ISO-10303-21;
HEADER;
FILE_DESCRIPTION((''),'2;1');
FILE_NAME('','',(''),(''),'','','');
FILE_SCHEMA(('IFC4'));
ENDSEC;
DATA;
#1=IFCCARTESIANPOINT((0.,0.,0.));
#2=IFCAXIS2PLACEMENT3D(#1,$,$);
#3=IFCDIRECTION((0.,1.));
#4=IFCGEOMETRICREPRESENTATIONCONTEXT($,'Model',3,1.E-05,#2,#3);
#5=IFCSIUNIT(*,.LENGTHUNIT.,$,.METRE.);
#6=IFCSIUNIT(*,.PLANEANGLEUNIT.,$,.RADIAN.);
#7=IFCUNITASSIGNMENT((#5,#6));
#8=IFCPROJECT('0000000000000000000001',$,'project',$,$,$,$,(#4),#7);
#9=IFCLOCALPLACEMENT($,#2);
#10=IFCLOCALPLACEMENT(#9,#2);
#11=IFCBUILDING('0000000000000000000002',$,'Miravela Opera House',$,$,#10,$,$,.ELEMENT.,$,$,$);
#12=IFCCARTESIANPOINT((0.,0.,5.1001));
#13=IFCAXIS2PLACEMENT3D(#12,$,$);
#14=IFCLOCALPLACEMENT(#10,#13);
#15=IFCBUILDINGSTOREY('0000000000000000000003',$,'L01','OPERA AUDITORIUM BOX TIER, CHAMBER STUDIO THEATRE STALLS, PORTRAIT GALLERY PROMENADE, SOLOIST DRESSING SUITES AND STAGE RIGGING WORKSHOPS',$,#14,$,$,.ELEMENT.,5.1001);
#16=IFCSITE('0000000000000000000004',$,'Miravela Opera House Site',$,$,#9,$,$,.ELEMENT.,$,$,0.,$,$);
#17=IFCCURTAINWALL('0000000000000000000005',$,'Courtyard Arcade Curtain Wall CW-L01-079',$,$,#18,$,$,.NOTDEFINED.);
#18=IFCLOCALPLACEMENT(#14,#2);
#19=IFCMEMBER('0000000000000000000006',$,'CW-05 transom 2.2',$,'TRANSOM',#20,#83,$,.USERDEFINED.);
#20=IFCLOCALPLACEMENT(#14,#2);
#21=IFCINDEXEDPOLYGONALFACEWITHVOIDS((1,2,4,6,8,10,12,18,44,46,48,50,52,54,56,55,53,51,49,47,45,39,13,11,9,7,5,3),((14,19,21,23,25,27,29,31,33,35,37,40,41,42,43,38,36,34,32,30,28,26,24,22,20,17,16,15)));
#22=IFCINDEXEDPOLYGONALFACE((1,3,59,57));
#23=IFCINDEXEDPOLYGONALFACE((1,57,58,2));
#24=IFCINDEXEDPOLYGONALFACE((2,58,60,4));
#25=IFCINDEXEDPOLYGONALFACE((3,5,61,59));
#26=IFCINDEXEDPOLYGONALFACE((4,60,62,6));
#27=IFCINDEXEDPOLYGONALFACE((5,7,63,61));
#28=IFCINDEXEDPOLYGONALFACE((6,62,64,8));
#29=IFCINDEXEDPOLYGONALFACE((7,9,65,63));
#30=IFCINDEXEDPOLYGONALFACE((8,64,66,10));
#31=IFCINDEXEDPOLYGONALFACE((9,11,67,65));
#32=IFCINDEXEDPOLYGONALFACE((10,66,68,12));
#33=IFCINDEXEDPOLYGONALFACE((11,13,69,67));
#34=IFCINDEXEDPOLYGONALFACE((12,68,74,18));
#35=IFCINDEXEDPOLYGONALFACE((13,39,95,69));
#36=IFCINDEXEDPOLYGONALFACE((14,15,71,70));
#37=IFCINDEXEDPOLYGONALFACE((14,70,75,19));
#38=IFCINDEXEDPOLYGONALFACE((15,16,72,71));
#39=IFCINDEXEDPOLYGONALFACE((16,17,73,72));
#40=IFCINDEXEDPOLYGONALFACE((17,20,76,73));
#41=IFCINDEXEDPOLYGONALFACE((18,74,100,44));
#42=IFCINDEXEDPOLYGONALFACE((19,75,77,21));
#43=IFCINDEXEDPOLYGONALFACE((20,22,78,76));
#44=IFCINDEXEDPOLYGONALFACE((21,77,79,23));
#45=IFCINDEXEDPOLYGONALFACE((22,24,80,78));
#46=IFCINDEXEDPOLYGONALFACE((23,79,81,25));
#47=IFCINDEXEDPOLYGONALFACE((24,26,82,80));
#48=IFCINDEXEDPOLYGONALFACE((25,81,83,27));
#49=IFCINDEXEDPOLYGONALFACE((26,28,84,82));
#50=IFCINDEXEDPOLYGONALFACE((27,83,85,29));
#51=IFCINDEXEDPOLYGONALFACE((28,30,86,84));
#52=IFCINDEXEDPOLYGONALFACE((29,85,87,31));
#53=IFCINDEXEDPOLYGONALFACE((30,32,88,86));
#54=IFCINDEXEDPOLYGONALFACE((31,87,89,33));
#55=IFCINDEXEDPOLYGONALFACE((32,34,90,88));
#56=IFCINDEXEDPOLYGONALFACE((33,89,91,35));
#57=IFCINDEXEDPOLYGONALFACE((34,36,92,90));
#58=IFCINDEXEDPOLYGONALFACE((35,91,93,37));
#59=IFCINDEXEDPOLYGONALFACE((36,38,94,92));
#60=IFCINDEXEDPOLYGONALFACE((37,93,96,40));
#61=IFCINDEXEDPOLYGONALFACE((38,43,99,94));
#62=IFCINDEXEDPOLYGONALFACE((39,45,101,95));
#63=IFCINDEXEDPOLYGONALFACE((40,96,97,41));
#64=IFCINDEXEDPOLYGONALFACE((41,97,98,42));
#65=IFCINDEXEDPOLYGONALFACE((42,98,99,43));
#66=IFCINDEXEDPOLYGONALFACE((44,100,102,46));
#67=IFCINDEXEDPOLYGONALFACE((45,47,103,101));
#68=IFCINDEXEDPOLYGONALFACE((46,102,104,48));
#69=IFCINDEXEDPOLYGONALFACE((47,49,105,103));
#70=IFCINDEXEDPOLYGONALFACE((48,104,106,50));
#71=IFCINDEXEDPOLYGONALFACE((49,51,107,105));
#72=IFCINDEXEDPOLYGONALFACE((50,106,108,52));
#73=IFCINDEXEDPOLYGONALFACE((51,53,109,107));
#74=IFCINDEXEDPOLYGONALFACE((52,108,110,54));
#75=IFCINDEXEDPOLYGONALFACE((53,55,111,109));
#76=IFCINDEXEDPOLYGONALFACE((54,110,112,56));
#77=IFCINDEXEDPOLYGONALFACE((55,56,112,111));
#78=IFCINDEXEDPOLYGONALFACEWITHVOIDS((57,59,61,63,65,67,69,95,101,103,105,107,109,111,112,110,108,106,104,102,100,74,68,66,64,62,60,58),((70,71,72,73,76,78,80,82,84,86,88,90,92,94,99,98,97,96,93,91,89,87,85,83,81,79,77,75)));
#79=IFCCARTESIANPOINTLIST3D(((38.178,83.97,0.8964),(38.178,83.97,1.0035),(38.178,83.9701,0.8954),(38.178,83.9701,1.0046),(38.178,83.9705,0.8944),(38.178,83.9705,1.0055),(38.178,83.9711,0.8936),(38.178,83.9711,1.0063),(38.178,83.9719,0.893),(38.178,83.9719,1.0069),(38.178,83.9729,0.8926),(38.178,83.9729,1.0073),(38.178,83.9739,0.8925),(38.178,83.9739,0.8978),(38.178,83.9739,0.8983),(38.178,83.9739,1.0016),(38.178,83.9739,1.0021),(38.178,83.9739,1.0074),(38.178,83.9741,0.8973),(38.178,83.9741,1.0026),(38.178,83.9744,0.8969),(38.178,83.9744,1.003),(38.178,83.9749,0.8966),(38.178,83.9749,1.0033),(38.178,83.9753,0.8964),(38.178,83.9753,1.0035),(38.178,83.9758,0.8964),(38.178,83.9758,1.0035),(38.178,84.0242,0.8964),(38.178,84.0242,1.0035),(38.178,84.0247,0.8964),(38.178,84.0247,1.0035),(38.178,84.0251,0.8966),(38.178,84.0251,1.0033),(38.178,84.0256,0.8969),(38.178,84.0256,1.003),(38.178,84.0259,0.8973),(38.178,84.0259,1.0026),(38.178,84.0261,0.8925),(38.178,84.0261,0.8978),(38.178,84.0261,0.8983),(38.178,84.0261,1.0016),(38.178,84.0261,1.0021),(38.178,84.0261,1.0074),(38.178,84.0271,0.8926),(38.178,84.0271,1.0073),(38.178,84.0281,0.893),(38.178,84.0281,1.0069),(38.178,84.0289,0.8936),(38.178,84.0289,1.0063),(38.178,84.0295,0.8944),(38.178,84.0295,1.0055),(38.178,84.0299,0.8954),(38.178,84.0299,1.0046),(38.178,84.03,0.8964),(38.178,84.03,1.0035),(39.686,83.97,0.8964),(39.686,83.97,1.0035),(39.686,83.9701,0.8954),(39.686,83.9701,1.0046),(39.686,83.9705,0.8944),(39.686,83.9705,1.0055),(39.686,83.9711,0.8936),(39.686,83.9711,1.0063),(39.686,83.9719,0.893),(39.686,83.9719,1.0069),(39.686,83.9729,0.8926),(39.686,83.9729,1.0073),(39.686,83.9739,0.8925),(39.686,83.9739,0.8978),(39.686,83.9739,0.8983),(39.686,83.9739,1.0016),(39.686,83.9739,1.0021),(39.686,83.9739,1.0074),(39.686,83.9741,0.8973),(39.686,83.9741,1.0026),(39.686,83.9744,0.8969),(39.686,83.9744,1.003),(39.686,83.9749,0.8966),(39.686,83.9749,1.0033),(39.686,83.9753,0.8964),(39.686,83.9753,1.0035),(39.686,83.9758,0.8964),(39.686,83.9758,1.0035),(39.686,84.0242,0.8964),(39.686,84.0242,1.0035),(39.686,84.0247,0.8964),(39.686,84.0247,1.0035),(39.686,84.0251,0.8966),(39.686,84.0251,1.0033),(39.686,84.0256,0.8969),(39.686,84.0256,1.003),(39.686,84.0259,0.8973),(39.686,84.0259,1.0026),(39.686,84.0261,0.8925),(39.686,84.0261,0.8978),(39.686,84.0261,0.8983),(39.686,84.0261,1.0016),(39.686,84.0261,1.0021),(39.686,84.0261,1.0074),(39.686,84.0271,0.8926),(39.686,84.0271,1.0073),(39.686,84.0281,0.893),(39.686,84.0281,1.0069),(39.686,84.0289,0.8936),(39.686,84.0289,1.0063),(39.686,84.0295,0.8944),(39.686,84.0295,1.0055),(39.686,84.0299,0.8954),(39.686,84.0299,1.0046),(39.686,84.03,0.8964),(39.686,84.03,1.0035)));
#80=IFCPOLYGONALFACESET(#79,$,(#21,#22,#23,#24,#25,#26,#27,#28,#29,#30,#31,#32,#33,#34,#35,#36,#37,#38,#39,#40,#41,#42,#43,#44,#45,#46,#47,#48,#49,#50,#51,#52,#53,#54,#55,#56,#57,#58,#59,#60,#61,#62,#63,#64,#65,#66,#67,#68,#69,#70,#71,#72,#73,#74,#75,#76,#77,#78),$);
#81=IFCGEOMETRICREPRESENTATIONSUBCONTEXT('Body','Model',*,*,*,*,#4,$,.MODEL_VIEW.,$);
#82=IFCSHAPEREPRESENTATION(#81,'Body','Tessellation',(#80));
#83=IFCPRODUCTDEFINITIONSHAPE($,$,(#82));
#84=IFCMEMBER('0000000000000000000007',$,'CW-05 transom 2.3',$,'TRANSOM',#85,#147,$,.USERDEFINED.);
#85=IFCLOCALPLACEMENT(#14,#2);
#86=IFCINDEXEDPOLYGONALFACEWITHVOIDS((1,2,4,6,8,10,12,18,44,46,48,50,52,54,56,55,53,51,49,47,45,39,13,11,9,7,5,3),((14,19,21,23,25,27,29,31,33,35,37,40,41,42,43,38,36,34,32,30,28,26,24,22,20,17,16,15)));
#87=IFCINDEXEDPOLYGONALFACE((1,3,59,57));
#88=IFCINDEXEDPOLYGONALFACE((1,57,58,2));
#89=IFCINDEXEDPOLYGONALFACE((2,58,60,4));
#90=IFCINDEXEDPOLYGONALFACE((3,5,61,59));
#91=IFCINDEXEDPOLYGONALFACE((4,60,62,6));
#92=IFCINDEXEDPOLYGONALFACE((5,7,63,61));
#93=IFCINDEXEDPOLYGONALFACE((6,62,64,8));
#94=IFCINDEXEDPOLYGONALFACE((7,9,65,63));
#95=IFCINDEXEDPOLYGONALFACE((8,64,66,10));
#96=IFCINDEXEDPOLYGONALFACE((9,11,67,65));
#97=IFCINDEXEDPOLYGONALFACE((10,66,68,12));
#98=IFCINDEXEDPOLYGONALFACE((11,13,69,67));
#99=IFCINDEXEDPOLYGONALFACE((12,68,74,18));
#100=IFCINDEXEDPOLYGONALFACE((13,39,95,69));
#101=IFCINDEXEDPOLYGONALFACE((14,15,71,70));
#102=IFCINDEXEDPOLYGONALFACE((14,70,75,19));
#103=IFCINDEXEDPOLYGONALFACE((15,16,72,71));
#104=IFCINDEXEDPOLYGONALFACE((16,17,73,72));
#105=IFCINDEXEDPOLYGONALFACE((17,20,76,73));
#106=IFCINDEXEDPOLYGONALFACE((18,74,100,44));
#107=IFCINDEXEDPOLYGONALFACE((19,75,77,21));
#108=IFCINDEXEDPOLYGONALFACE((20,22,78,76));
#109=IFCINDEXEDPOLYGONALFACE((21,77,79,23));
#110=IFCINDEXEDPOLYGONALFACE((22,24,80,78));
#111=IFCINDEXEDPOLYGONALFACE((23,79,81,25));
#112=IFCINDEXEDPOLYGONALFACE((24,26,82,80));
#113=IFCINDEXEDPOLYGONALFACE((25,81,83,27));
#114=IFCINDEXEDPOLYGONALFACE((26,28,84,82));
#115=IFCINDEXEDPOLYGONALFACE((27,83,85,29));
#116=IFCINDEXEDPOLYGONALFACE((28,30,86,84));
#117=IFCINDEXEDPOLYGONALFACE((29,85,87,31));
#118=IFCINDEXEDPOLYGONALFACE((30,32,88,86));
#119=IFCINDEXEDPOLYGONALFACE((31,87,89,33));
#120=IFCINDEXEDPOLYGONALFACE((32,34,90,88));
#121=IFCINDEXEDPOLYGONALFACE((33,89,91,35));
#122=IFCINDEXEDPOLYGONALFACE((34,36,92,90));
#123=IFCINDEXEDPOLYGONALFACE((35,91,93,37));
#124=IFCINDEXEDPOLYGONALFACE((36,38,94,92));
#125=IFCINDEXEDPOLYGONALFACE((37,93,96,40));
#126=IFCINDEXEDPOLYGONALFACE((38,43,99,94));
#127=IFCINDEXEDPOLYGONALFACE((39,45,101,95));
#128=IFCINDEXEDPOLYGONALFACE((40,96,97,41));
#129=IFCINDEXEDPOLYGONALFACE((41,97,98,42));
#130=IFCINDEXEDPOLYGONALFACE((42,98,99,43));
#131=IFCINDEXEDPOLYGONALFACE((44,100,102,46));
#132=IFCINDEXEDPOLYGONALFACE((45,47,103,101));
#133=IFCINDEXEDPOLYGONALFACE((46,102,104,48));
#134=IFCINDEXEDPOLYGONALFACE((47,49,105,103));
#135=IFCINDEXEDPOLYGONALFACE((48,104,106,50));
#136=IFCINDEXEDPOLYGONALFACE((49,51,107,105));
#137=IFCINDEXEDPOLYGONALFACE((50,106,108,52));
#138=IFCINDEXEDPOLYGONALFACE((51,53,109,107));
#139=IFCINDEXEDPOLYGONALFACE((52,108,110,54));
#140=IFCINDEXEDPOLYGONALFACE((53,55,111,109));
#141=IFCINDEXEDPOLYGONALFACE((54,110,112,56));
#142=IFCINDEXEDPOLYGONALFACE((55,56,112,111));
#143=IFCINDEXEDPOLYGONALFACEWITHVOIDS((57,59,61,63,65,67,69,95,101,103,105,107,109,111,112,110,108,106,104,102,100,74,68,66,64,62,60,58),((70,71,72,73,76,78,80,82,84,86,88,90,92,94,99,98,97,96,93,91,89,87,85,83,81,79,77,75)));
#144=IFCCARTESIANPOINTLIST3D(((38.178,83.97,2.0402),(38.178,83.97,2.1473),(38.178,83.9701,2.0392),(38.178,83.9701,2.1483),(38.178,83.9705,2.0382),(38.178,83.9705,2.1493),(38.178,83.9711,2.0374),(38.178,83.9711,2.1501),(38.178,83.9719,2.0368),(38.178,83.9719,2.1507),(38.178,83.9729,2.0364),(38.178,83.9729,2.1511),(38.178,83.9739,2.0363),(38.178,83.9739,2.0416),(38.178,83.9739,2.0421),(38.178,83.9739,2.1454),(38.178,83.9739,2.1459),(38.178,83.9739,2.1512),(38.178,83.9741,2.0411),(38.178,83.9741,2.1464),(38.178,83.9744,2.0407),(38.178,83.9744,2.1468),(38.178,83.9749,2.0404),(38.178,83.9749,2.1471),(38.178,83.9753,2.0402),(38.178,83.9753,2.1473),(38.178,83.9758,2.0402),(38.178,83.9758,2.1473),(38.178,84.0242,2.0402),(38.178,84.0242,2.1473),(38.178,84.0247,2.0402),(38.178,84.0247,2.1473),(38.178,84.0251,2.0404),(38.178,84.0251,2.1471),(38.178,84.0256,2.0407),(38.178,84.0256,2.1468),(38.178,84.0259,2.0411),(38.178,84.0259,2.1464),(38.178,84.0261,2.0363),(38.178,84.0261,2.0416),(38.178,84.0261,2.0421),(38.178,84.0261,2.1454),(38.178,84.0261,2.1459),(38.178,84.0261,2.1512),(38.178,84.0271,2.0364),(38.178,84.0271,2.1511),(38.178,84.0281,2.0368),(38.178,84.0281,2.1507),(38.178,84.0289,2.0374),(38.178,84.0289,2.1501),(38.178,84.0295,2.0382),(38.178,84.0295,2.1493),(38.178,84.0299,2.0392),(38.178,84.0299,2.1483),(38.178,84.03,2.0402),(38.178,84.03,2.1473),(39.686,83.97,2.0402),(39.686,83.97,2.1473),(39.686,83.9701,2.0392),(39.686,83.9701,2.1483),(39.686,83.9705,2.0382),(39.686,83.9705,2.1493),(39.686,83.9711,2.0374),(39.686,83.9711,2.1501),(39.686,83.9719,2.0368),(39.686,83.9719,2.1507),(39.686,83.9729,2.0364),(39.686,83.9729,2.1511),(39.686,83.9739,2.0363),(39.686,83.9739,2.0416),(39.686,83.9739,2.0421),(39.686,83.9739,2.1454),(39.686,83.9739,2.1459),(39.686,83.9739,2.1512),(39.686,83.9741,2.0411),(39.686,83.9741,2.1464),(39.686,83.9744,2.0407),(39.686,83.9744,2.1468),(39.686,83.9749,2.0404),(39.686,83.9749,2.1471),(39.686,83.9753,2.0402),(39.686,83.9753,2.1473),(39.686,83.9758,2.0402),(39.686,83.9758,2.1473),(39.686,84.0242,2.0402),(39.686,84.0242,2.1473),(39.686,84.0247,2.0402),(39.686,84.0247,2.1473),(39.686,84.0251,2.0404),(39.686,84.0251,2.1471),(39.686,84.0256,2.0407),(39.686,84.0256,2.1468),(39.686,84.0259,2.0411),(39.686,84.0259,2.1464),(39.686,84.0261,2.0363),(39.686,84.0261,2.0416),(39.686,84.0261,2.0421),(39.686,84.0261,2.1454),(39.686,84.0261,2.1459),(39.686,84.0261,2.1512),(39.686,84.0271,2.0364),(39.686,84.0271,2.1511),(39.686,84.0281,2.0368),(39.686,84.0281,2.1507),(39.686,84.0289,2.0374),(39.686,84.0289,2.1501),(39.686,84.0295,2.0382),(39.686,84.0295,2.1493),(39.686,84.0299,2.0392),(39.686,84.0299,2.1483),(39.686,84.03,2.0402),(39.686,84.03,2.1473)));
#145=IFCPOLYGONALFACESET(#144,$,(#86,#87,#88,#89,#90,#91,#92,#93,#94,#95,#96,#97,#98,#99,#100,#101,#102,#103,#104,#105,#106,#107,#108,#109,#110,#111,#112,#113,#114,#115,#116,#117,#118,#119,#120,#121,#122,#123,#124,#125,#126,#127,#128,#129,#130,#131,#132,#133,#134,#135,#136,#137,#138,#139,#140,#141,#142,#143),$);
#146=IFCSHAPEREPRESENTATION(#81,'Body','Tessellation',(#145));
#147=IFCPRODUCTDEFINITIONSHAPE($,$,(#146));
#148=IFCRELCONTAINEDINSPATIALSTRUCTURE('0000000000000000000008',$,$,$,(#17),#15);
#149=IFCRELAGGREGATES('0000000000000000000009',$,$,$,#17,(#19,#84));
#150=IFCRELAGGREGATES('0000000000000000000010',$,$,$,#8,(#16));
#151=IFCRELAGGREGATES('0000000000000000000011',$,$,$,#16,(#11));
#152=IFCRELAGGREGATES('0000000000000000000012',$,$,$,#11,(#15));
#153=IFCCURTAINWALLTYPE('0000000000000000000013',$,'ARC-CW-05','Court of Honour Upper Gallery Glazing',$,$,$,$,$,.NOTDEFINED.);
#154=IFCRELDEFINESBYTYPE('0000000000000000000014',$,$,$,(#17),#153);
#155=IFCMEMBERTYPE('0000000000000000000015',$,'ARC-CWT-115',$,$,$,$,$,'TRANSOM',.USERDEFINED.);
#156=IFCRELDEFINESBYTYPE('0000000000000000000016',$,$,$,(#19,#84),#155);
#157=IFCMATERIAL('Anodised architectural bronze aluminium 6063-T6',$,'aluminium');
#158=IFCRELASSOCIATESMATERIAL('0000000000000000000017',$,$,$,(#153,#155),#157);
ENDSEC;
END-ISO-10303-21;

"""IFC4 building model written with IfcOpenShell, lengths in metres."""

from ifc_helpers import new_model, si_unit, direction, frame, origin, origin_2d, place, context, subcontext, project, spatial, hollow_rectangle, extrude, material, material_profile, profile_set, type_object, element, aggregate, save


model = new_model("IFC4")

# Units and contexts
model_context = context("Model", 3, precision=1e-05, world=origin(), true_north=direction((0.0, 1.0)))
body_context = subcontext(model_context, "Body", "Model", "MODEL_VIEW")
ifc_project = project(units=[si_unit("LENGTHUNIT", "METRE"), si_unit("PLANEANGLEUNIT", "RADIAN")], contexts=[model_context])

# Site, building, storey
site_placement = place(None, origin())
site = spatial("IfcSite", under=ifc_project, at=site_placement, Name="Miravela Opera House Site", CompositionType="ELEMENT", RefElevation=0.0)
building_placement = place(site_placement, origin())
building = spatial("IfcBuilding", under=site, at=building_placement, Name="Miravela Opera House", CompositionType="ELEMENT")
storey_placement = place(building_placement, frame((0.0, 0.0, 5.1001)))
storey = spatial("IfcBuildingStorey", under=building, at=storey_placement, Name="L01", Description="OPERA AUDITORIUM BOX TIER, CHAMBER STUDIO THEATRE STALLS, PORTRAIT GALLERY PROMENADE, SOLOIST DRESSING SUITES AND STAGE RIGGING WORKSHOPS", CompositionType="ELEMENT", Elevation=5.1001)

# Shared definitions
ifc_material_1 = material(Name="Anodised architectural bronze aluminium 6063-T6", Category="aluminium")
curtain_wall_type = type_object("IfcCurtainWallType", Name="ARC-CW-05", Description="Court of Honour Upper Gallery Glazing", PredefinedType="NOTDEFINED", material=ifc_material_1)

# Curtain wall, members
curtain_wall_1_placement = place(storey_placement, origin())
curtain_wall_1 = element("IfcCurtainWall", 1, at=curtain_wall_1_placement, inside=storey, type_object=curtain_wall_type, Name="Courtyard Arcade Curtain Wall CW-L01-079", PredefinedType="NOTDEFINED")
ifc_material_profile_1 = material_profile(ifc_material_1, hollow_rectangle(XDim=0.0601, YDim=0.115, WallThickness=0.0039, InnerFilletRadius=0.002, OuterFilletRadius=0.0039, at=origin_2d()), Name="CWT-60X115")
ifc_profile_set_1 = profile_set([ifc_material_profile_1])
member_type_1 = type_object("IfcMemberType", Name="ARC-CWT-115", ElementType="TRANSOM", PredefinedType="USERDEFINED", material=ifc_profile_set_1)
member_1_placement = place(storey_placement, frame((38.178, 84.0, 0.95), z_axis=(1.0, 0.0, 0.0), x_axis=(0.0, 1.0, 0.0)))
member_1 = element("IfcMember", 2, at=member_1_placement, type_object=member_type_1, Name="CW-05 transom 2.2", ObjectType="TRANSOM", PredefinedType="USERDEFINED", context=body_context, shape_type="SweptSolid", body=[
    extrude(hollow_rectangle(XDim=0.0601, YDim=0.115, WallThickness=0.0039, InnerFilletRadius=0.002, OuterFilletRadius=0.0039, at=origin_2d()), origin(), (0.0, 0.0, 1.0), 1.5081),
])
member_2_placement = place(storey_placement, frame((38.178, 84.0, 2.0938), z_axis=(1.0, 0.0, 0.0), x_axis=(0.0, 1.0, 0.0)))
member_2 = element("IfcMember", 3, at=member_2_placement, type_object=member_type_1, Name="CW-05 transom 2.3", ObjectType="TRANSOM", PredefinedType="USERDEFINED", context=body_context, shape_type="SweptSolid", body=[
    extrude(hollow_rectangle(XDim=0.0601, YDim=0.115, WallThickness=0.0039, InnerFilletRadius=0.002, OuterFilletRadius=0.0039, at=origin_2d()), origin(), (0.0, 0.0, 1.0), 1.5081),
])

aggregate(curtain_wall_1, [member_1, member_2])

save(model, "model.ifc")
